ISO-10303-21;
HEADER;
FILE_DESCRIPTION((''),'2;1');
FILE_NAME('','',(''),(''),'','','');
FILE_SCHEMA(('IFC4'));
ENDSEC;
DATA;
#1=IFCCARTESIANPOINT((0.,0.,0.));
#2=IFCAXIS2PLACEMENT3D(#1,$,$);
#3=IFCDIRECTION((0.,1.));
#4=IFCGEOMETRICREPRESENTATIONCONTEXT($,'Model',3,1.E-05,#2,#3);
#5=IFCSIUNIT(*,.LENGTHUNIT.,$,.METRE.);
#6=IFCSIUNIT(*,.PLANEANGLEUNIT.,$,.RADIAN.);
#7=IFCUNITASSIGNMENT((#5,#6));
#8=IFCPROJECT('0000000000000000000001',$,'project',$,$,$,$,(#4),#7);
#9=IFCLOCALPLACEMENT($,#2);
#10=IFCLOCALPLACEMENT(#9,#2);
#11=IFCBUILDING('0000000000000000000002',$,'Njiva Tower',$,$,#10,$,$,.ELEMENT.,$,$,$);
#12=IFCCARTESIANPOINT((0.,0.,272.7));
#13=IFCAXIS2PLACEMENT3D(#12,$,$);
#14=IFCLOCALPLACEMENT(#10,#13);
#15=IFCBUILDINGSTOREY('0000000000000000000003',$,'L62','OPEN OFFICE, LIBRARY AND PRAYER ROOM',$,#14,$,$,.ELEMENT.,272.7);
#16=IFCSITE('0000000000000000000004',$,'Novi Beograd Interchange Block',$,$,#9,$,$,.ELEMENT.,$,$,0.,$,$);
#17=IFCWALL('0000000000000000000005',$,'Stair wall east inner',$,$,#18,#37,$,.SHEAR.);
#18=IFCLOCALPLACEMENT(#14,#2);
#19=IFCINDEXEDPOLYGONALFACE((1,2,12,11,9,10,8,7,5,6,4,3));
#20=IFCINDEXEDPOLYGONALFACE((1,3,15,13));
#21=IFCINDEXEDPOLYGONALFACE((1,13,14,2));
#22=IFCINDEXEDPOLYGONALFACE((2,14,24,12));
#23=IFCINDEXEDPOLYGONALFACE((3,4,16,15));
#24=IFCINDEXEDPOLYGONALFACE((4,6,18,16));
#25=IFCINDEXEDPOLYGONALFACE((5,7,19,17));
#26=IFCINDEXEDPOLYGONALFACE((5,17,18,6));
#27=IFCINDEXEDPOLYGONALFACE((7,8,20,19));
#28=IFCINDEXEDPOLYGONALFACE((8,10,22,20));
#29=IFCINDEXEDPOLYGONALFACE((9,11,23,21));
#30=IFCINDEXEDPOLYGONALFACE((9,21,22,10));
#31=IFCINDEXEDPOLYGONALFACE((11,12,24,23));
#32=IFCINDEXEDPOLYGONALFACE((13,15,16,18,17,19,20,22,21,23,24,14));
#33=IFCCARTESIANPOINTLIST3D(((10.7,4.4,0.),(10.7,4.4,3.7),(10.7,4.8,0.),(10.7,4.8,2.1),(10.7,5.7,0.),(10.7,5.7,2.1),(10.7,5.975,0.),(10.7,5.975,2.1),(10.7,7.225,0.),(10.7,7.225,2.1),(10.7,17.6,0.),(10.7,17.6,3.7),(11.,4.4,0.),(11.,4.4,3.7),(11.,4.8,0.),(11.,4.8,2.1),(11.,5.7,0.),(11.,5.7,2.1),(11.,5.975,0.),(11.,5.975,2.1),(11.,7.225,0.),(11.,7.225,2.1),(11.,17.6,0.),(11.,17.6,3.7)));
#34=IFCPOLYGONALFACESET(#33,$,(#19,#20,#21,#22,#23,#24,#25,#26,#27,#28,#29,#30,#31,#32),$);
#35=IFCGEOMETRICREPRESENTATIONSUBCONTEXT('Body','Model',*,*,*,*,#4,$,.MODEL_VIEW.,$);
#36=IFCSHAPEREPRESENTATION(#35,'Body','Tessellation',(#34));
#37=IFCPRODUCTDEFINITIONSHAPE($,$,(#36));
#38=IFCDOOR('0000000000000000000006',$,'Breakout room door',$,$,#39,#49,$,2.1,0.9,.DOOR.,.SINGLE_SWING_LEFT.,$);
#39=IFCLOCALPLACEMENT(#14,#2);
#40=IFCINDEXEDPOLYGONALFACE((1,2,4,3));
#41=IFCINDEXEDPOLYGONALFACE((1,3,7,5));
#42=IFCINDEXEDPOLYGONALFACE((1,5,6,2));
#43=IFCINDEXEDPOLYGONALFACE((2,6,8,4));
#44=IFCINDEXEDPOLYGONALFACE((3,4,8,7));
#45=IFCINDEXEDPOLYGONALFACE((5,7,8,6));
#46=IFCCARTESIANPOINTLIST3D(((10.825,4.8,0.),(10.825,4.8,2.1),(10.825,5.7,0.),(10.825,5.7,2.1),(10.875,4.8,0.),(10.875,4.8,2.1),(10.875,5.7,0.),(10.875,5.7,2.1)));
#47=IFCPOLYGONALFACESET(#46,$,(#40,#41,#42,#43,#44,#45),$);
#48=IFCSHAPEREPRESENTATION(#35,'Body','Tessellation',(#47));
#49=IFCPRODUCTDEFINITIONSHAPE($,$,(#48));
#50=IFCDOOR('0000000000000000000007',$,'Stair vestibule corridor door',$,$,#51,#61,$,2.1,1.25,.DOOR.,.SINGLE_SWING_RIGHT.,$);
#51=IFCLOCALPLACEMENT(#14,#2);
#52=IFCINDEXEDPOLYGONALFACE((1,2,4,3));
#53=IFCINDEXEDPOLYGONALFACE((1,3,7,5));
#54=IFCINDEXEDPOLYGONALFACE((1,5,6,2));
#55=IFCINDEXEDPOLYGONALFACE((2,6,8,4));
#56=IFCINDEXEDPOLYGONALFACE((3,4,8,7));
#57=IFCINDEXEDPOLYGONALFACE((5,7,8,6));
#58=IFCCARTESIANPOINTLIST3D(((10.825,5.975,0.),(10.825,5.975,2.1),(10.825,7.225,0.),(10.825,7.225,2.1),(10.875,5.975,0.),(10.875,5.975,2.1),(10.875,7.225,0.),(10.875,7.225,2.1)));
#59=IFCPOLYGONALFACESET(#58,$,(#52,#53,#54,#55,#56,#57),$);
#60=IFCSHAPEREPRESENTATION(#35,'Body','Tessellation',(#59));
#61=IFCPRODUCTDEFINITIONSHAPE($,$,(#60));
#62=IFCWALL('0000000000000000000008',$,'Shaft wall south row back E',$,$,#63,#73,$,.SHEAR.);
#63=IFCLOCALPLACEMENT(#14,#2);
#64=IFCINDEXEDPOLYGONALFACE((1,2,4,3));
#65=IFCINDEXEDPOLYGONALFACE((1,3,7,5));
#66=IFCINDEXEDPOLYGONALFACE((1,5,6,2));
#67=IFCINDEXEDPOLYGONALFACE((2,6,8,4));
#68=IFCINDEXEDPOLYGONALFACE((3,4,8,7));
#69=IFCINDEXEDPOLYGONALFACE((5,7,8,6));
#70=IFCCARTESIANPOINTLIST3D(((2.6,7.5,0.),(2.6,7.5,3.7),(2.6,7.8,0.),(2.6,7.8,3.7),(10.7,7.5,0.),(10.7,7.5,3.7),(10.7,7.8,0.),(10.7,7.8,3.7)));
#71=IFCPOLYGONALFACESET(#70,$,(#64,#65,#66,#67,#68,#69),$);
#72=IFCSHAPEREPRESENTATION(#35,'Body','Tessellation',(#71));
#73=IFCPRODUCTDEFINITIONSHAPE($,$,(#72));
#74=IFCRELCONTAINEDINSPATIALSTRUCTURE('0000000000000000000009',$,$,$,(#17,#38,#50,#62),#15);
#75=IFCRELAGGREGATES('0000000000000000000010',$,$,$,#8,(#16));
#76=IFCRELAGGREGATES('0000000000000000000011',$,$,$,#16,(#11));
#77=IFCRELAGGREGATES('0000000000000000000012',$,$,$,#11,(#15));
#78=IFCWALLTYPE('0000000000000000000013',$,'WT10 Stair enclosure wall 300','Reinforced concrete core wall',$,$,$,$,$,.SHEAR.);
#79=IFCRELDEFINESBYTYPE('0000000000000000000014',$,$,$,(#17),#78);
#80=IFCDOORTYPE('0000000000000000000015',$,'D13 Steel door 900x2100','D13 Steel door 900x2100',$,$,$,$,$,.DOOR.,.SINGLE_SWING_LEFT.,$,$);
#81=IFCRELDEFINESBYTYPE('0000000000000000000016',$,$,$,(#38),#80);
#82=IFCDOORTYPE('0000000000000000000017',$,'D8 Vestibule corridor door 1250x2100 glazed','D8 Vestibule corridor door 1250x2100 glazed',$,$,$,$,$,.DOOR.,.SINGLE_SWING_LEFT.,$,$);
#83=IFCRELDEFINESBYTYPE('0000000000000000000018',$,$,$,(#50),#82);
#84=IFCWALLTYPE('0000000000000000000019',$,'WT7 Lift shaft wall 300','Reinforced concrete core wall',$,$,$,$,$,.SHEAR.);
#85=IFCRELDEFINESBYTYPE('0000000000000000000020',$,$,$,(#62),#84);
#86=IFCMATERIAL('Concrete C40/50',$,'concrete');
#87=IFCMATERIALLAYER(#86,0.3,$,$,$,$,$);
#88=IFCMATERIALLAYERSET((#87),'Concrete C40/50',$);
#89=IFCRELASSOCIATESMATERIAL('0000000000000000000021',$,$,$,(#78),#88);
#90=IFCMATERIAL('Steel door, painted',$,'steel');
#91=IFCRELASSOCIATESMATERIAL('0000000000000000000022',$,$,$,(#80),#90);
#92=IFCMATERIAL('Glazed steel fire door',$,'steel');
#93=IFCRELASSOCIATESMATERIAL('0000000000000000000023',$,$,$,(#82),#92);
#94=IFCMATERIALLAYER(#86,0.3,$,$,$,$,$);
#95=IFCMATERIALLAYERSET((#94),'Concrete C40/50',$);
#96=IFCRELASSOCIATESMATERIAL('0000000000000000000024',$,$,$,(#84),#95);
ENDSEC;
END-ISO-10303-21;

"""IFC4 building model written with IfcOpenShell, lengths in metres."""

from ifc_helpers import new_model, si_unit, direction, frame, frame_2d, origin, place, context, subcontext, project, spatial, rectangle, extrude, material, layer, layer_set, type_object, element, fill, save


model = new_model("IFC4")

# Units and contexts
model_context = context("Model", 3, precision=1e-05, world=origin(), true_north=direction((0.0, 1.0)))
body_context = subcontext(model_context, "Body", "Model", "MODEL_VIEW")
ifc_project = project(units=[si_unit("LENGTHUNIT", "METRE"), si_unit("PLANEANGLEUNIT", "RADIAN")], contexts=[model_context])

# Site, building, storey
site_placement = place(None, origin())
site = spatial("IfcSite", under=ifc_project, at=site_placement, Name="Novi Beograd Interchange Block", CompositionType="ELEMENT", RefElevation=0.0)
building_placement = place(site_placement, origin())
building = spatial("IfcBuilding", under=site, at=building_placement, Name="Njiva Tower", CompositionType="ELEMENT")
storey_placement = place(building_placement, frame((0.0, 0.0, 272.7)))
storey = spatial("IfcBuildingStorey", under=building, at=storey_placement, Name="L62", Description="OPEN OFFICE, LIBRARY AND PRAYER ROOM", CompositionType="ELEMENT", Elevation=272.7)

# Wall, openings, doors
ifc_material_1 = material(Name="Concrete C40/50", Category="concrete")
ifc_layer_1 = layer(ifc_material_1, 0.3)
ifc_layer_set_1 = layer_set([ifc_layer_1], Name="Concrete C40/50")
wall_type_1 = type_object("IfcWallType", Name="WT10 Stair enclosure wall 300", Description="Reinforced concrete core wall", PredefinedType="SHEAR", material=ifc_layer_set_1)
wall_1_placement = place(storey_placement, frame((10.85, 4.4, 0.0), z_axis=(0.0, 0.0, 1.0), x_axis=(0.0, 1.0, 0.0)))
wall_1 = element("IfcWall", 1, at=wall_1_placement, inside=storey, type_object=wall_type_1, Name="Stair wall east inner", PredefinedType="SHEAR", context=body_context, shape_type="SweptSolid", body=[
    extrude(rectangle(XDim=13.2, YDim=0.3, at=frame_2d((6.6, 0.0))), origin(), (0.0, 0.0, 1.0), 3.7),
])
opening_1_placement = place(wall_1_placement, frame((1.575, 0.0, 0.0)))
opening_1 = element("IfcOpeningElement", 2, at=opening_1_placement, cuts=wall_1, PredefinedType="OPENING", context=body_context, shape_type="SweptSolid", body=[
    extrude(rectangle(XDim=1.25, YDim=2.1, at=frame_2d((0.625, 1.05))), frame((0.0, 0.16, 0.0), z_axis=(0.0, -1.0, 0.0), x_axis=(1.0, 0.0, 0.0)), (0.0, 0.0, 1.0), 0.32),
])
opening_2_placement = place(wall_1_placement, frame((0.4, 0.0, 0.0)))
opening_2 = element("IfcOpeningElement", 3, at=opening_2_placement, cuts=wall_1, PredefinedType="OPENING", context=body_context, shape_type="SweptSolid", body=[
    extrude(rectangle(XDim=0.9, YDim=2.1, at=frame_2d((0.45, 1.05))), frame((0.0, 0.16, 0.0), z_axis=(0.0, -1.0, 0.0), x_axis=(1.0, 0.0, 0.0)), (0.0, 0.0, 1.0), 0.32),
])
ifc_material_2 = material(Name="Steel door, painted", Category="steel")
door_type_1 = type_object("IfcDoorType", Name="D13 Steel door 900x2100", Description="D13 Steel door 900x2100", OperationType="SINGLE_SWING_LEFT", PredefinedType="DOOR", material=ifc_material_2)
door_1_placement = place(opening_2_placement, origin())
door_1 = element("IfcDoor", 4, at=door_1_placement, inside=storey, type_object=door_type_1, Name="Breakout room door", OperationType="SINGLE_SWING_LEFT", OverallHeight=2.1, OverallWidth=0.9, PredefinedType="DOOR", context=body_context, shape_type="SweptSolid", body=[
    extrude(rectangle(XDim=0.9, YDim=2.1, at=frame_2d((0.45, 1.05))), frame((0.0, 0.025, 0.0), z_axis=(0.0, -1.0, 0.0), x_axis=(1.0, 0.0, 0.0)), (0.0, 0.0, 1.0), 0.05),
])
fill(opening_2, door_1)
ifc_material_3 = material(Name="Glazed steel fire door", Category="steel")
door_type_2 = type_object("IfcDoorType", Name="D8 Vestibule corridor door 1250x2100 glazed", Description="D8 Vestibule corridor door 1250x2100 glazed", OperationType="SINGLE_SWING_LEFT", PredefinedType="DOOR", material=ifc_material_3)
door_2_placement = place(opening_1_placement, origin())
door_2 = element("IfcDoor", 5, at=door_2_placement, inside=storey, type_object=door_type_2, Name="Stair vestibule corridor door", OperationType="SINGLE_SWING_RIGHT", OverallHeight=2.1, OverallWidth=1.25, PredefinedType="DOOR", context=body_context, shape_type="SweptSolid", body=[
    extrude(rectangle(XDim=1.25, YDim=2.1, at=frame_2d((0.625, 1.05))), frame((0.0, 0.025, 0.0), z_axis=(0.0, -1.0, 0.0), x_axis=(1.0, 0.0, 0.0)), (0.0, 0.0, 1.0), 0.05),
])
fill(opening_1, door_2)

# Wall
ifc_layer_2 = layer(ifc_material_1, 0.3)
ifc_layer_set_2 = layer_set([ifc_layer_2], Name="Concrete C40/50")
wall_type_2 = type_object("IfcWallType", Name="WT7 Lift shaft wall 300", Description="Reinforced concrete core wall", PredefinedType="SHEAR", material=ifc_layer_set_2)
wall_2_placement = place(storey_placement, frame((2.6, 7.65, 0.0), z_axis=(0.0, 0.0, 1.0), x_axis=(1.0, 0.0, 0.0)))
element("IfcWall", 6, at=wall_2_placement, inside=storey, type_object=wall_type_2, Name="Shaft wall south row back E", PredefinedType="SHEAR", context=body_context, shape_type="SweptSolid", body=[
    extrude(rectangle(XDim=8.1, YDim=0.3, at=frame_2d((4.05, 0.0))), origin(), (0.0, 0.0, 1.0), 3.7),
])

save(model, "model.ifc")
